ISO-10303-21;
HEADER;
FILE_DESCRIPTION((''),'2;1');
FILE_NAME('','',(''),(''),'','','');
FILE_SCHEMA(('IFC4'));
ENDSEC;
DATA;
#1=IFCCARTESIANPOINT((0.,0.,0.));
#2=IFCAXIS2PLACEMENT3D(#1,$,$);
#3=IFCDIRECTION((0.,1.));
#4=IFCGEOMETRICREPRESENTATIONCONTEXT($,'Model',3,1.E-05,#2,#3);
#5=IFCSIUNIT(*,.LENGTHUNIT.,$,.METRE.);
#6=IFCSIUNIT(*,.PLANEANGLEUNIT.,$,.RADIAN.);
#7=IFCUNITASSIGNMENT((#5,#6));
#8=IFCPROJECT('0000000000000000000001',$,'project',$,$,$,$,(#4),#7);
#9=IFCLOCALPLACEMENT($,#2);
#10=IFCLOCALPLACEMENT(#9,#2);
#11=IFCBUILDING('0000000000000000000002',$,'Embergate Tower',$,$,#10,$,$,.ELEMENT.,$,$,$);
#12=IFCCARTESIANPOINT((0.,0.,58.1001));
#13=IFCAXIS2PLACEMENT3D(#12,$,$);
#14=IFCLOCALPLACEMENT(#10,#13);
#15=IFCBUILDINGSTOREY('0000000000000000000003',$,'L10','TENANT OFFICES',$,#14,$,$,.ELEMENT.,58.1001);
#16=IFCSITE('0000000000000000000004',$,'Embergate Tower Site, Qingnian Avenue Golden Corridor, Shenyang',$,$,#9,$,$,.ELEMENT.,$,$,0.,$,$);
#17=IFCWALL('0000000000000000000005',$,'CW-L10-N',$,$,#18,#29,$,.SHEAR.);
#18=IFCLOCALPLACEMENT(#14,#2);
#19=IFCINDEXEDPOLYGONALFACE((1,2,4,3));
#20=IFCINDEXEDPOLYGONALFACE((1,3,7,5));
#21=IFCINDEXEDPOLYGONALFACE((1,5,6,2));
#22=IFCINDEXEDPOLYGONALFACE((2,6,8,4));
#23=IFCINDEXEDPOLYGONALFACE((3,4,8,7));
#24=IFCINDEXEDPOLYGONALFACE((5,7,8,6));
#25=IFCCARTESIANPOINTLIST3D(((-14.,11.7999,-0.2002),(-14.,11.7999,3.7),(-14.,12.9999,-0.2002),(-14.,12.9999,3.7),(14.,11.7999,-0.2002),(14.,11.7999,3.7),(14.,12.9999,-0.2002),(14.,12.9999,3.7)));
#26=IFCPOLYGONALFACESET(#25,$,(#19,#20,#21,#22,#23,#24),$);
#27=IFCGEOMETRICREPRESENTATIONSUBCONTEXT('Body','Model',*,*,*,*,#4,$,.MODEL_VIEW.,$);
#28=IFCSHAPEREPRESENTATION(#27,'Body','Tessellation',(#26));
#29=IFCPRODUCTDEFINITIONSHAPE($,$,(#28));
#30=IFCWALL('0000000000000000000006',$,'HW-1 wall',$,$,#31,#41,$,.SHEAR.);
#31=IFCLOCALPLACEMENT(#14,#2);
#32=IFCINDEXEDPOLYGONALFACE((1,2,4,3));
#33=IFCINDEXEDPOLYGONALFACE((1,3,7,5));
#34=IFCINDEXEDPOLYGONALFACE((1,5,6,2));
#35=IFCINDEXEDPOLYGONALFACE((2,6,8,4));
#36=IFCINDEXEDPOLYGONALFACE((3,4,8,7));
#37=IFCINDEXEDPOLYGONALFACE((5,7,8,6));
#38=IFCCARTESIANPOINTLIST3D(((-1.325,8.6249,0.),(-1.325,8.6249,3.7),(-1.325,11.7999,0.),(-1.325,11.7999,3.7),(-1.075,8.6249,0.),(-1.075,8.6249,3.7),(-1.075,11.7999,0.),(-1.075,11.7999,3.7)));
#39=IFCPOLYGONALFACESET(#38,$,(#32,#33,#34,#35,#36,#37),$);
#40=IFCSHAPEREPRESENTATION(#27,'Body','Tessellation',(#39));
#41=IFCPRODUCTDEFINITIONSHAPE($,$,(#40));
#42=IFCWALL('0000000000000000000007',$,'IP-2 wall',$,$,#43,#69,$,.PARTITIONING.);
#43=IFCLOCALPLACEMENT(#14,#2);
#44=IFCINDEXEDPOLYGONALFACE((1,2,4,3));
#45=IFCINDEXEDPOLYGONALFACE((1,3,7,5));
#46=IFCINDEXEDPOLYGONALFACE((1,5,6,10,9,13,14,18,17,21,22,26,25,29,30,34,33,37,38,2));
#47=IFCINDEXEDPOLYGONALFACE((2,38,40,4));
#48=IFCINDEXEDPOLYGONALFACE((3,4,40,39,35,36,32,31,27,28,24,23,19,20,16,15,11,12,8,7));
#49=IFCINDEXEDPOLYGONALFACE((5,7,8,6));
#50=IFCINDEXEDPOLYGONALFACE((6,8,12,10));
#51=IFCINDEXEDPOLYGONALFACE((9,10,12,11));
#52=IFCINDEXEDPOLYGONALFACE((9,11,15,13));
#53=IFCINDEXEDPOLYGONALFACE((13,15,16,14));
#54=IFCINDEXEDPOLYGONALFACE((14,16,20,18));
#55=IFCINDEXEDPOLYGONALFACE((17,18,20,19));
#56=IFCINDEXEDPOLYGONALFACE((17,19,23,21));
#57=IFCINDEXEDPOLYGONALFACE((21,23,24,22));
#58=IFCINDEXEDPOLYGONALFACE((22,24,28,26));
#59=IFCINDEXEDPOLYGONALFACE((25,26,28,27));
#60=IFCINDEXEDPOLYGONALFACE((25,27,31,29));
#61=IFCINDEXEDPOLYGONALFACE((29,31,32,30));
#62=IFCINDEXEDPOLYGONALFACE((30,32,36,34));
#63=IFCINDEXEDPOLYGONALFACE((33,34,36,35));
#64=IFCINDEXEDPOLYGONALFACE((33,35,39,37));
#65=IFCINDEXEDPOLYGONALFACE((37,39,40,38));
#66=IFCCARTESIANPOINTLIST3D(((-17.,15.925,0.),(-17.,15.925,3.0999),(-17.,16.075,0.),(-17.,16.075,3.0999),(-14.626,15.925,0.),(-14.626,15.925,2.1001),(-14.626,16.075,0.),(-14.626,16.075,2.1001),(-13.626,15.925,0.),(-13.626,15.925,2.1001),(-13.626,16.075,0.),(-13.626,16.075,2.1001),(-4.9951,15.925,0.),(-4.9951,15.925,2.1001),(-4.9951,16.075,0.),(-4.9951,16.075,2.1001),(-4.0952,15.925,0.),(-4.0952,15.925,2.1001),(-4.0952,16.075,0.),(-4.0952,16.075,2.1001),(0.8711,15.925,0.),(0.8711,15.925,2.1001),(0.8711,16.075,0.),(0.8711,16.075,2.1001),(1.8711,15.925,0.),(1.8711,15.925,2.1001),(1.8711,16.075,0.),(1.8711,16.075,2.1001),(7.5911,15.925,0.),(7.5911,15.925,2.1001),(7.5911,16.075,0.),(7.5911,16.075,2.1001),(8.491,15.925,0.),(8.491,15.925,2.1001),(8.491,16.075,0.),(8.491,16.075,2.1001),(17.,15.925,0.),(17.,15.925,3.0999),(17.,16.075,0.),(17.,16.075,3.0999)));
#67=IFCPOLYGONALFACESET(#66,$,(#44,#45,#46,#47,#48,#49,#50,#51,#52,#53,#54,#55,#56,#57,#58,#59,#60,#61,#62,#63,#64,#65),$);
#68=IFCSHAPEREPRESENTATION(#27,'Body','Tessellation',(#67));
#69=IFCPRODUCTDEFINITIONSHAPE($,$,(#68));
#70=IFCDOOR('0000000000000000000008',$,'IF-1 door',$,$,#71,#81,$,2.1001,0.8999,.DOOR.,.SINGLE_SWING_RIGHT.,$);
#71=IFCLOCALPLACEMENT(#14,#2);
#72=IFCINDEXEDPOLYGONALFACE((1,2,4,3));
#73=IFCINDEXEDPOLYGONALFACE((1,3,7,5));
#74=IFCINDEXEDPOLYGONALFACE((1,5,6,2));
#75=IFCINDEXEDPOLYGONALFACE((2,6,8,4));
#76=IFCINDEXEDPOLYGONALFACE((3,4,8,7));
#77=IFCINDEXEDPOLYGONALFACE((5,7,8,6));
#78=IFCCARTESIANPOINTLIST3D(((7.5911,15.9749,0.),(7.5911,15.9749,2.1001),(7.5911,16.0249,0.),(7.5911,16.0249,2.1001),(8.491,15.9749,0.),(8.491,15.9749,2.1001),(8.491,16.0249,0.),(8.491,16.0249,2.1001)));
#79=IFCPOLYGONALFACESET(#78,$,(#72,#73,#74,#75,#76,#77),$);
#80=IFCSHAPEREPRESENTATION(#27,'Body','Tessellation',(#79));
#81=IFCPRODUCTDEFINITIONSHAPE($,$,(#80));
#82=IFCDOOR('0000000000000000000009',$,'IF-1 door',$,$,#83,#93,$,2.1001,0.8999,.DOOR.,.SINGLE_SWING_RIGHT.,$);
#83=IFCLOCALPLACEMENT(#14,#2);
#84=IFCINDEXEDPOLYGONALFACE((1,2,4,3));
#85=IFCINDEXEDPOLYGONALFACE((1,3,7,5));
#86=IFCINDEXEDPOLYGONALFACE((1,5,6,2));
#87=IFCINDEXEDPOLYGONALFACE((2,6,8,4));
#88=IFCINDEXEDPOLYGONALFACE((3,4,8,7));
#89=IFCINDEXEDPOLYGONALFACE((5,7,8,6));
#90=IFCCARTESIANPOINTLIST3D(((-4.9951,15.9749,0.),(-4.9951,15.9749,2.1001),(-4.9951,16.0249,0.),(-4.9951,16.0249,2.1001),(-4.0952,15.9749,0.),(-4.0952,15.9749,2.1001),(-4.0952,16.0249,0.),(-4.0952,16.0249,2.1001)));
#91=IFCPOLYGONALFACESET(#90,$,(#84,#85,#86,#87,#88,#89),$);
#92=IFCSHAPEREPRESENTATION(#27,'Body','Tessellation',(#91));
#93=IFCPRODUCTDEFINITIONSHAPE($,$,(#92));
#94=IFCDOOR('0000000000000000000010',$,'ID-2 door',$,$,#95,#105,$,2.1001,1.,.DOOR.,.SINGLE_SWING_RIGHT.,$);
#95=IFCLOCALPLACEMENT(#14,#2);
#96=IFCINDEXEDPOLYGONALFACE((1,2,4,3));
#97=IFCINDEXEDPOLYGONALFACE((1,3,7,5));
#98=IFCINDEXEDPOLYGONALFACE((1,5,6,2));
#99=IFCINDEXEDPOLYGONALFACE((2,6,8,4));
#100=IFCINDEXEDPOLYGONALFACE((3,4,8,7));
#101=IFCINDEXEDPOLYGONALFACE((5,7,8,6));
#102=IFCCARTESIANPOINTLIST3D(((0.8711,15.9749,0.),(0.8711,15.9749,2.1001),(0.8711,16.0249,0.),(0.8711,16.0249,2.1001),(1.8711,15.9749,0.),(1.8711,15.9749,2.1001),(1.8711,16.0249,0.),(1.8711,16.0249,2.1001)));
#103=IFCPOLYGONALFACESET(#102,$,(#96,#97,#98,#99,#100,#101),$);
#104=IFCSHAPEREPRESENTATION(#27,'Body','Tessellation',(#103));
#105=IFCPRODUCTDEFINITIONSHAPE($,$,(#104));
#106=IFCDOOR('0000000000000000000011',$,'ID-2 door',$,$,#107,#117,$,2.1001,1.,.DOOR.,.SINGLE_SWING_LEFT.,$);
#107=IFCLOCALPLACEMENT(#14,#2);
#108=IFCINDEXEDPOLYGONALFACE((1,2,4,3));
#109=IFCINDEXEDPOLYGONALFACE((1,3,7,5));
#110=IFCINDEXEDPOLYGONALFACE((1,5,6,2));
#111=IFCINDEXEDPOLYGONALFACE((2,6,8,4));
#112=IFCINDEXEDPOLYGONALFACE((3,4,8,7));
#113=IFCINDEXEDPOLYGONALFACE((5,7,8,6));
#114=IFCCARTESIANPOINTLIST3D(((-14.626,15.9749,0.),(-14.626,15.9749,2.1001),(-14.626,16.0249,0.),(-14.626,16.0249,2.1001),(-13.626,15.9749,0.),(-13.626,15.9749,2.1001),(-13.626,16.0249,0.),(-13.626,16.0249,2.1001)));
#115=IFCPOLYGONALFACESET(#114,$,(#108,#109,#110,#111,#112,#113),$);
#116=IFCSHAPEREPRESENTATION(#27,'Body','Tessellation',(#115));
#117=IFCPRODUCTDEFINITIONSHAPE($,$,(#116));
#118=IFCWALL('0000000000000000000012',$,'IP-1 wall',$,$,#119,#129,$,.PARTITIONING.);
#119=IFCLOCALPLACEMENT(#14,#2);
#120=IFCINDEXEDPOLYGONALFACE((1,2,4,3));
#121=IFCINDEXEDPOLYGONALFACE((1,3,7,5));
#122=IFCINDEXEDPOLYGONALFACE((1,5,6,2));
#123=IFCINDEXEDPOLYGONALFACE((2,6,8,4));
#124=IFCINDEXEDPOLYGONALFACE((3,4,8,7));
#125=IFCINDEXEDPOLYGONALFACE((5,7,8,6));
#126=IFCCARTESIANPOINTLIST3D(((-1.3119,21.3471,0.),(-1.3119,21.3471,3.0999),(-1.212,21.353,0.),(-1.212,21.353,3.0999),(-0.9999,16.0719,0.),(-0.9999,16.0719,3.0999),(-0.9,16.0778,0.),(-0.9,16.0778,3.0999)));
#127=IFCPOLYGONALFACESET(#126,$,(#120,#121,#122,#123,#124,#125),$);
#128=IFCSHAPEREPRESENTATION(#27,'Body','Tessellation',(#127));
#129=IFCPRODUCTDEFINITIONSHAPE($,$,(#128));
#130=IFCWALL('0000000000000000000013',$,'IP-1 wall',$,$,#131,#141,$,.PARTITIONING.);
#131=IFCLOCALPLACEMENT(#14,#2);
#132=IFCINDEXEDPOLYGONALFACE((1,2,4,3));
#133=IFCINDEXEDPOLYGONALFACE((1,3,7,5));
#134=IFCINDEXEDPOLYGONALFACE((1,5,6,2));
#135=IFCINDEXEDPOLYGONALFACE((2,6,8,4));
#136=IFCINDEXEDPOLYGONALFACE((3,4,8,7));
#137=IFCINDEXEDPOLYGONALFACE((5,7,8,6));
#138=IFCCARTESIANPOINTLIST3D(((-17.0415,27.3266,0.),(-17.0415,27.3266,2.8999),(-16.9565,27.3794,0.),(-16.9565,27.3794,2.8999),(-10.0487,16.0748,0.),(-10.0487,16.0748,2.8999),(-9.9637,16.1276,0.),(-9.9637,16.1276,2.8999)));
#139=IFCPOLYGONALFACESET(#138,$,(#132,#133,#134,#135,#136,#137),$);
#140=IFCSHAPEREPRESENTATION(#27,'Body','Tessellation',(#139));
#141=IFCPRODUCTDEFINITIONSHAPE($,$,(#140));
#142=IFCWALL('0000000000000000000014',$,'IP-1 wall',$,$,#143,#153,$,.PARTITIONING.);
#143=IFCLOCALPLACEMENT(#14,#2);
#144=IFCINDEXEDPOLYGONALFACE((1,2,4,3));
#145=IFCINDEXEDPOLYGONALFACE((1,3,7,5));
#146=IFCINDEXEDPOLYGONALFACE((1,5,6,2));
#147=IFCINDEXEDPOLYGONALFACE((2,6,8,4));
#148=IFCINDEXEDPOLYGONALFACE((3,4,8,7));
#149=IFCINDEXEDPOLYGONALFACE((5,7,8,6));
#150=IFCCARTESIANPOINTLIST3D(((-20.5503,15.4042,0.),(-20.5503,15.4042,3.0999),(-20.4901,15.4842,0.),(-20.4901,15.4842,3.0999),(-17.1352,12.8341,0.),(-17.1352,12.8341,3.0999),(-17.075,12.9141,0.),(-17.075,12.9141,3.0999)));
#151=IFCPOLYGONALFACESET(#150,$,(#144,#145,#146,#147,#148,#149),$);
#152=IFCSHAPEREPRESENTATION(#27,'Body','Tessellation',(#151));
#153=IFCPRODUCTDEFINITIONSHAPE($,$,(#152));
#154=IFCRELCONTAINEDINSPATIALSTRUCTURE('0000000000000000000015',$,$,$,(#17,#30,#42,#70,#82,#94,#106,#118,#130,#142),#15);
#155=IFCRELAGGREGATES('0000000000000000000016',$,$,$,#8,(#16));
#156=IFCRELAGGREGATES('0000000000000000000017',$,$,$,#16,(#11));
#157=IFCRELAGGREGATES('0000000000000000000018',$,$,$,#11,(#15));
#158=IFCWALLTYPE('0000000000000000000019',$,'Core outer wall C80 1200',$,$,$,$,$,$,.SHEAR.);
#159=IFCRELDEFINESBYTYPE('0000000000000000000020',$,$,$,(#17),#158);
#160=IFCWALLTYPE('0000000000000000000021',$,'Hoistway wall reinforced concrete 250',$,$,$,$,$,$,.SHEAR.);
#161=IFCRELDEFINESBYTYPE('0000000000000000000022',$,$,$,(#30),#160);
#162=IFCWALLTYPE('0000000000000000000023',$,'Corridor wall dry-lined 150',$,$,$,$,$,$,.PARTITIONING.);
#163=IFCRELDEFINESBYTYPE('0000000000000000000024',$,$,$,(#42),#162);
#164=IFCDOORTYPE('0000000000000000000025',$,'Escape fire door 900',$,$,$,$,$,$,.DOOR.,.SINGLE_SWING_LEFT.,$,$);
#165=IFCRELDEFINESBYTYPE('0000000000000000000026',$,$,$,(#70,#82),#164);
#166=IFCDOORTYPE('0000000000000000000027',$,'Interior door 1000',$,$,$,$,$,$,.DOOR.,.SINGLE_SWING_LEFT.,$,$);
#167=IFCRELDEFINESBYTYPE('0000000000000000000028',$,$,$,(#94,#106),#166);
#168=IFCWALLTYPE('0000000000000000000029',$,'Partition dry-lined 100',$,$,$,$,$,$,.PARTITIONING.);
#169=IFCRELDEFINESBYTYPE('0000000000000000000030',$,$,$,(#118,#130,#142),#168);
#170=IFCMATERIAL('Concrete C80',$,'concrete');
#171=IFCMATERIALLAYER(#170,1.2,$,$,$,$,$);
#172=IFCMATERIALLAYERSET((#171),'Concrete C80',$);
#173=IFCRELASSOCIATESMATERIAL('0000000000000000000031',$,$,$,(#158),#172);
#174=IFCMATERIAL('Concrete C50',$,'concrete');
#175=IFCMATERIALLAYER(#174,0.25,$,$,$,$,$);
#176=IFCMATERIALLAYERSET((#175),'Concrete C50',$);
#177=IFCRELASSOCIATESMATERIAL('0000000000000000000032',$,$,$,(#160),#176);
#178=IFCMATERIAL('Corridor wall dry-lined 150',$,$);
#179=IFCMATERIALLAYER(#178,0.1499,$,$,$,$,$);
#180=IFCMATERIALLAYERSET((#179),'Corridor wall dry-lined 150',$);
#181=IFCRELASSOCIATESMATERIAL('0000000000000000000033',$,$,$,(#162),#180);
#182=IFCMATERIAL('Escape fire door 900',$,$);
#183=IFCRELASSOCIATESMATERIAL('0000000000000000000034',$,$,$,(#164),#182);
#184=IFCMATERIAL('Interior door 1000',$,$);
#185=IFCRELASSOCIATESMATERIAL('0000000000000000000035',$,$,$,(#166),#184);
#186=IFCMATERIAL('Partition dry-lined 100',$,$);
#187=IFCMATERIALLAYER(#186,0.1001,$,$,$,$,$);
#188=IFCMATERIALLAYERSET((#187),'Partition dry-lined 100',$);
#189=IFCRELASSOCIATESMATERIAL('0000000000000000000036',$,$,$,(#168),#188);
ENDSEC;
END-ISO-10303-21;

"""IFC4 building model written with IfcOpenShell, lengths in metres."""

from ifc_helpers import new_model, si_unit, direction, frame, frame_2d, origin, place, context, subcontext, project, spatial, rectangle, extrude, source, transform, mapped, material, layer, layer_set, type_object, element, fill, save


model = new_model("IFC4")

# Units and contexts
model_context = context("Model", 3, precision=1e-05, world=origin(), true_north=direction((0.0, 1.0)))
body_context = subcontext(model_context, "Body", "Model", "MODEL_VIEW")
ifc_project = project(units=[si_unit("LENGTHUNIT", "METRE"), si_unit("PLANEANGLEUNIT", "RADIAN")], contexts=[model_context])

# Site, building, storey
site_placement = place(None, origin())
site = spatial("IfcSite", under=ifc_project, at=site_placement, Name="Embergate Tower Site, Qingnian Avenue Golden Corridor, Shenyang", CompositionType="ELEMENT", RefElevation=0.0)
building_placement = place(site_placement, origin())
building = spatial("IfcBuilding", under=site, at=building_placement, Name="Embergate Tower", CompositionType="ELEMENT")
storey_placement = place(building_placement, frame((0.0, 0.0, 58.1001)))
storey = spatial("IfcBuildingStorey", under=building, at=storey_placement, Name="L10", Description="TENANT OFFICES", CompositionType="ELEMENT", Elevation=58.1001)

# Walls
ifc_material_1 = material(Name="Concrete C80", Category="concrete")
ifc_layer_1 = layer(ifc_material_1, 1.2)
ifc_layer_set_1 = layer_set([ifc_layer_1], Name="Concrete C80")
wall_type_1 = type_object("IfcWallType", Name="Core outer wall C80 1200", PredefinedType="SHEAR", material=ifc_layer_set_1)
shared_shape_1 = source(origin(), body_context, "Body", "SweptSolid", [
    extrude(rectangle(XDim=28.0, YDim=1.2, at=frame_2d((14.0, 0.0))), origin(), (0.0, 0.0, 1.0), 3.9001),
])
wall_1_placement = place(storey_placement, frame((-14.0, 12.3999, -0.2002), z_axis=(0.0, 0.0, 1.0), x_axis=(1.0, 0.0, 0.0)))
element("IfcWall", 1, at=wall_1_placement, inside=storey, type_object=wall_type_1, Name="CW-L10-N", PredefinedType="SHEAR", context=body_context, shape_type="MappedRepresentation", body=[
    mapped(shared_shape_1, transform((0.0, 0.0, 0.0))),
])
ifc_material_2 = material(Name="Concrete C50", Category="concrete")
ifc_layer_2 = layer(ifc_material_2, 0.25)
ifc_layer_set_2 = layer_set([ifc_layer_2], Name="Concrete C50")
wall_type_2 = type_object("IfcWallType", Name="Hoistway wall reinforced concrete 250", PredefinedType="SHEAR", material=ifc_layer_set_2)
shared_shape_2 = source(origin(), body_context, "Body", "SweptSolid", [
    extrude(rectangle(XDim=3.175, YDim=0.25, at=frame_2d((1.5874, 0.0))), origin(), (0.0, 0.0, 1.0), 3.7),
])
wall_2_placement = place(storey_placement, frame((-1.2, 8.625, 0.0), z_axis=(0.0, 0.0, 1.0), x_axis=(0.0, 1.0, 0.0)))
element("IfcWall", 2, at=wall_2_placement, inside=storey, type_object=wall_type_2, Name="HW-1 wall", PredefinedType="SHEAR", context=body_context, shape_type="MappedRepresentation", body=[
    mapped(shared_shape_2, transform((0.0, 0.0, 0.0))),
])

# Wall, openings, doors
ifc_material_3 = material(Name="Corridor wall dry-lined 150")
ifc_layer_3 = layer(ifc_material_3, 0.1499)
ifc_layer_set_3 = layer_set([ifc_layer_3], Name="Corridor wall dry-lined 150")
wall_type_3 = type_object("IfcWallType", Name="Corridor wall dry-lined 150", PredefinedType="PARTITIONING", material=ifc_layer_set_3)
shared_shape_3 = source(origin(), body_context, "Body", "SweptSolid", [
    extrude(rectangle(XDim=34.0, YDim=0.1499, at=frame_2d((17.0, 0.0))), origin(), (0.0, 0.0, 1.0), 3.0999),
])
wall_3_placement = place(storey_placement, frame((-17.0, 16.0, 0.0), z_axis=(0.0, 0.0, 1.0), x_axis=(1.0, 0.0, 0.0)))
wall_3 = element("IfcWall", 3, at=wall_3_placement, inside=storey, type_object=wall_type_3, Name="IP-2 wall", PredefinedType="PARTITIONING", context=body_context, shape_type="MappedRepresentation", body=[
    mapped(shared_shape_3, transform((0.0, 0.0, 0.0))),
])
shared_shape_4 = source(origin(), body_context, "Body", "SweptSolid", [
    extrude(rectangle(XDim=0.8999, YDim=2.1001, at=frame_2d((0.45, 1.05))), frame((0.0, 0.085, 0.0), z_axis=(0.0, -1.0, 0.0), x_axis=(1.0, 0.0, 0.0)), (0.0, 0.0, 1.0), 0.1699),
])
opening_1_placement = place(wall_3_placement, frame((24.5911, 0.0, 0.0)))
opening_1 = element("IfcOpeningElement", 4, at=opening_1_placement, cuts=wall_3, PredefinedType="OPENING", context=body_context, shape_type="MappedRepresentation", body=[
    mapped(shared_shape_4, transform((0.0, 0.0, 0.0))),
])
shared_shape_5 = source(origin(), body_context, "Body", "SweptSolid", [
    extrude(rectangle(XDim=1.0, YDim=2.1001, at=frame_2d((0.5, 1.05))), frame((0.0, 0.085, 0.0), z_axis=(0.0, -1.0, 0.0), x_axis=(1.0, 0.0, 0.0)), (0.0, 0.0, 1.0), 0.1699),
])
opening_2_placement = place(wall_3_placement, frame((17.8711, 0.0, 0.0)))
opening_2 = element("IfcOpeningElement", 5, at=opening_2_placement, cuts=wall_3, PredefinedType="OPENING", context=body_context, shape_type="MappedRepresentation", body=[
    mapped(shared_shape_5, transform((0.0, 0.0, 0.0))),
])
opening_3_placement = place(wall_3_placement, frame((12.0049, 0.0, 0.0)))
opening_3 = element("IfcOpeningElement", 6, at=opening_3_placement, cuts=wall_3, PredefinedType="OPENING", context=body_context, shape_type="MappedRepresentation", body=[
    mapped(shared_shape_4, transform((0.0, 0.0, 0.0))),
])
opening_4_placement = place(wall_3_placement, frame((2.374, 0.0, 0.0)))
opening_4 = element("IfcOpeningElement", 7, at=opening_4_placement, cuts=wall_3, PredefinedType="OPENING", context=body_context, shape_type="MappedRepresentation", body=[
    mapped(shared_shape_5, transform((0.0, 0.0, 0.0))),
])
ifc_material_4 = material(Name="Escape fire door 900")
door_type_1 = type_object("IfcDoorType", Name="Escape fire door 900", OperationType="SINGLE_SWING_LEFT", PredefinedType="DOOR", material=ifc_material_4)
shared_shape_6 = source(origin(), body_context, "Body", "SweptSolid", [
    extrude(rectangle(XDim=0.8999, YDim=2.1001, at=frame_2d((0.45, 1.05))), frame((0.0, 0.0249, 0.0), z_axis=(0.0, -1.0, 0.0), x_axis=(1.0, 0.0, 0.0)), (0.0, 0.0, 1.0), 0.05),
])
door_1_placement = place(opening_1_placement, origin())
door_1 = element("IfcDoor", 8, at=door_1_placement, inside=storey, type_object=door_type_1, Name="IF-1 door", OperationType="SINGLE_SWING_RIGHT", OverallHeight=2.1001, OverallWidth=0.8999, PredefinedType="DOOR", context=body_context, shape_type="MappedRepresentation", body=[
    mapped(shared_shape_6, transform((0.0, 0.0, 0.0))),
])
fill(opening_1, door_1)
door_2_placement = place(opening_3_placement, origin())
door_2 = element("IfcDoor", 9, at=door_2_placement, inside=storey, type_object=door_type_1, Name="IF-1 door", OperationType="SINGLE_SWING_RIGHT", OverallHeight=2.1001, OverallWidth=0.8999, PredefinedType="DOOR", context=body_context, shape_type="MappedRepresentation", body=[
    mapped(shared_shape_6, transform((0.0, 0.0, 0.0))),
])
fill(opening_3, door_2)
ifc_material_5 = material(Name="Interior door 1000")
door_type_2 = type_object("IfcDoorType", Name="Interior door 1000", OperationType="SINGLE_SWING_LEFT", PredefinedType="DOOR", material=ifc_material_5)
shared_shape_7 = source(origin(), body_context, "Body", "SweptSolid", [
    extrude(rectangle(XDim=1.0, YDim=2.1001, at=frame_2d((0.5, 1.05))), frame((0.0, 0.0249, 0.0), z_axis=(0.0, -1.0, 0.0), x_axis=(1.0, 0.0, 0.0)), (0.0, 0.0, 1.0), 0.05),
])
door_3_placement = place(opening_2_placement, origin())
door_3 = element("IfcDoor", 10, at=door_3_placement, inside=storey, type_object=door_type_2, Name="ID-2 door", OperationType="SINGLE_SWING_RIGHT", OverallHeight=2.1001, OverallWidth=1.0, PredefinedType="DOOR", context=body_context, shape_type="MappedRepresentation", body=[
    mapped(shared_shape_7, transform((0.0, 0.0, 0.0))),
])
fill(opening_2, door_3)
door_4_placement = place(opening_4_placement, origin())
door_4 = element("IfcDoor", 11, at=door_4_placement, inside=storey, type_object=door_type_2, Name="ID-2 door", OperationType="SINGLE_SWING_LEFT", OverallHeight=2.1001, OverallWidth=1.0, PredefinedType="DOOR", context=body_context, shape_type="MappedRepresentation", body=[
    mapped(shared_shape_7, transform((0.0, 0.0, 0.0))),
])
fill(opening_4, door_4)

# Walls
ifc_material_6 = material(Name="Partition dry-lined 100")
ifc_layer_4 = layer(ifc_material_6, 0.1001)
ifc_layer_set_4 = layer_set([ifc_layer_4], Name="Partition dry-lined 100")
wall_type_4 = type_object("IfcWallType", Name="Partition dry-lined 100", PredefinedType="PARTITIONING", material=ifc_layer_set_4)
shared_shape_8 = source(origin(), body_context, "Body", "SweptSolid", [
    extrude(rectangle(XDim=5.2844, YDim=0.1001, at=frame_2d((2.6421, 0.0))), origin(), (0.0, 0.0, 1.0), 3.0999),
])
wall_4_placement = place(storey_placement, frame((-0.95, 16.075, 0.0), z_axis=(0.0, 0.0, 1.0), x_axis=(-0.059044, 0.998255, 0.0)))
element("IfcWall", 12, at=wall_4_placement, inside=storey, type_object=wall_type_4, Name="IP-1 wall", PredefinedType="PARTITIONING", context=body_context, shape_type="MappedRepresentation", body=[
    mapped(shared_shape_8, transform((0.0, 0.0, 0.0))),
])
shared_shape_9 = source(origin(), body_context, "Body", "SweptSolid", [
    extrude(rectangle(XDim=13.2478, YDim=0.1001, at=frame_2d((6.624, 0.0))), origin(), (0.0, 0.0, 1.0), 2.8999),
])
wall_5_placement = place(storey_placement, frame((-10.0061, 16.1011, 0.0), z_axis=(0.0, 0.0, 1.0), x_axis=(-0.52785, 0.849337, 0.0)))
element("IfcWall", 13, at=wall_5_placement, inside=storey, type_object=wall_type_4, Name="IP-1 wall", PredefinedType="PARTITIONING", context=body_context, shape_type="MappedRepresentation", body=[
    mapped(shared_shape_9, transform((0.0, 0.0, 0.0))),
])
shared_shape_10 = source(origin(), body_context, "Body", "SweptSolid", [
    extrude(rectangle(XDim=4.2742, YDim=0.1001, at=frame_2d((2.1372, 0.0))), origin(), (0.0, 0.0, 1.0), 3.0999),
])
wall_6_placement = place(storey_placement, frame((-17.105, 12.874, 0.0), z_axis=(0.0, 0.0, 1.0), x_axis=(-0.799012, 0.601315, 0.0)))
element("IfcWall", 14, at=wall_6_placement, inside=storey, type_object=wall_type_4, Name="IP-1 wall", PredefinedType="PARTITIONING", context=body_context, shape_type="MappedRepresentation", body=[
    mapped(shared_shape_10, transform((0.0, 0.0, 0.0))),
])

save(model, "model.ifc")
